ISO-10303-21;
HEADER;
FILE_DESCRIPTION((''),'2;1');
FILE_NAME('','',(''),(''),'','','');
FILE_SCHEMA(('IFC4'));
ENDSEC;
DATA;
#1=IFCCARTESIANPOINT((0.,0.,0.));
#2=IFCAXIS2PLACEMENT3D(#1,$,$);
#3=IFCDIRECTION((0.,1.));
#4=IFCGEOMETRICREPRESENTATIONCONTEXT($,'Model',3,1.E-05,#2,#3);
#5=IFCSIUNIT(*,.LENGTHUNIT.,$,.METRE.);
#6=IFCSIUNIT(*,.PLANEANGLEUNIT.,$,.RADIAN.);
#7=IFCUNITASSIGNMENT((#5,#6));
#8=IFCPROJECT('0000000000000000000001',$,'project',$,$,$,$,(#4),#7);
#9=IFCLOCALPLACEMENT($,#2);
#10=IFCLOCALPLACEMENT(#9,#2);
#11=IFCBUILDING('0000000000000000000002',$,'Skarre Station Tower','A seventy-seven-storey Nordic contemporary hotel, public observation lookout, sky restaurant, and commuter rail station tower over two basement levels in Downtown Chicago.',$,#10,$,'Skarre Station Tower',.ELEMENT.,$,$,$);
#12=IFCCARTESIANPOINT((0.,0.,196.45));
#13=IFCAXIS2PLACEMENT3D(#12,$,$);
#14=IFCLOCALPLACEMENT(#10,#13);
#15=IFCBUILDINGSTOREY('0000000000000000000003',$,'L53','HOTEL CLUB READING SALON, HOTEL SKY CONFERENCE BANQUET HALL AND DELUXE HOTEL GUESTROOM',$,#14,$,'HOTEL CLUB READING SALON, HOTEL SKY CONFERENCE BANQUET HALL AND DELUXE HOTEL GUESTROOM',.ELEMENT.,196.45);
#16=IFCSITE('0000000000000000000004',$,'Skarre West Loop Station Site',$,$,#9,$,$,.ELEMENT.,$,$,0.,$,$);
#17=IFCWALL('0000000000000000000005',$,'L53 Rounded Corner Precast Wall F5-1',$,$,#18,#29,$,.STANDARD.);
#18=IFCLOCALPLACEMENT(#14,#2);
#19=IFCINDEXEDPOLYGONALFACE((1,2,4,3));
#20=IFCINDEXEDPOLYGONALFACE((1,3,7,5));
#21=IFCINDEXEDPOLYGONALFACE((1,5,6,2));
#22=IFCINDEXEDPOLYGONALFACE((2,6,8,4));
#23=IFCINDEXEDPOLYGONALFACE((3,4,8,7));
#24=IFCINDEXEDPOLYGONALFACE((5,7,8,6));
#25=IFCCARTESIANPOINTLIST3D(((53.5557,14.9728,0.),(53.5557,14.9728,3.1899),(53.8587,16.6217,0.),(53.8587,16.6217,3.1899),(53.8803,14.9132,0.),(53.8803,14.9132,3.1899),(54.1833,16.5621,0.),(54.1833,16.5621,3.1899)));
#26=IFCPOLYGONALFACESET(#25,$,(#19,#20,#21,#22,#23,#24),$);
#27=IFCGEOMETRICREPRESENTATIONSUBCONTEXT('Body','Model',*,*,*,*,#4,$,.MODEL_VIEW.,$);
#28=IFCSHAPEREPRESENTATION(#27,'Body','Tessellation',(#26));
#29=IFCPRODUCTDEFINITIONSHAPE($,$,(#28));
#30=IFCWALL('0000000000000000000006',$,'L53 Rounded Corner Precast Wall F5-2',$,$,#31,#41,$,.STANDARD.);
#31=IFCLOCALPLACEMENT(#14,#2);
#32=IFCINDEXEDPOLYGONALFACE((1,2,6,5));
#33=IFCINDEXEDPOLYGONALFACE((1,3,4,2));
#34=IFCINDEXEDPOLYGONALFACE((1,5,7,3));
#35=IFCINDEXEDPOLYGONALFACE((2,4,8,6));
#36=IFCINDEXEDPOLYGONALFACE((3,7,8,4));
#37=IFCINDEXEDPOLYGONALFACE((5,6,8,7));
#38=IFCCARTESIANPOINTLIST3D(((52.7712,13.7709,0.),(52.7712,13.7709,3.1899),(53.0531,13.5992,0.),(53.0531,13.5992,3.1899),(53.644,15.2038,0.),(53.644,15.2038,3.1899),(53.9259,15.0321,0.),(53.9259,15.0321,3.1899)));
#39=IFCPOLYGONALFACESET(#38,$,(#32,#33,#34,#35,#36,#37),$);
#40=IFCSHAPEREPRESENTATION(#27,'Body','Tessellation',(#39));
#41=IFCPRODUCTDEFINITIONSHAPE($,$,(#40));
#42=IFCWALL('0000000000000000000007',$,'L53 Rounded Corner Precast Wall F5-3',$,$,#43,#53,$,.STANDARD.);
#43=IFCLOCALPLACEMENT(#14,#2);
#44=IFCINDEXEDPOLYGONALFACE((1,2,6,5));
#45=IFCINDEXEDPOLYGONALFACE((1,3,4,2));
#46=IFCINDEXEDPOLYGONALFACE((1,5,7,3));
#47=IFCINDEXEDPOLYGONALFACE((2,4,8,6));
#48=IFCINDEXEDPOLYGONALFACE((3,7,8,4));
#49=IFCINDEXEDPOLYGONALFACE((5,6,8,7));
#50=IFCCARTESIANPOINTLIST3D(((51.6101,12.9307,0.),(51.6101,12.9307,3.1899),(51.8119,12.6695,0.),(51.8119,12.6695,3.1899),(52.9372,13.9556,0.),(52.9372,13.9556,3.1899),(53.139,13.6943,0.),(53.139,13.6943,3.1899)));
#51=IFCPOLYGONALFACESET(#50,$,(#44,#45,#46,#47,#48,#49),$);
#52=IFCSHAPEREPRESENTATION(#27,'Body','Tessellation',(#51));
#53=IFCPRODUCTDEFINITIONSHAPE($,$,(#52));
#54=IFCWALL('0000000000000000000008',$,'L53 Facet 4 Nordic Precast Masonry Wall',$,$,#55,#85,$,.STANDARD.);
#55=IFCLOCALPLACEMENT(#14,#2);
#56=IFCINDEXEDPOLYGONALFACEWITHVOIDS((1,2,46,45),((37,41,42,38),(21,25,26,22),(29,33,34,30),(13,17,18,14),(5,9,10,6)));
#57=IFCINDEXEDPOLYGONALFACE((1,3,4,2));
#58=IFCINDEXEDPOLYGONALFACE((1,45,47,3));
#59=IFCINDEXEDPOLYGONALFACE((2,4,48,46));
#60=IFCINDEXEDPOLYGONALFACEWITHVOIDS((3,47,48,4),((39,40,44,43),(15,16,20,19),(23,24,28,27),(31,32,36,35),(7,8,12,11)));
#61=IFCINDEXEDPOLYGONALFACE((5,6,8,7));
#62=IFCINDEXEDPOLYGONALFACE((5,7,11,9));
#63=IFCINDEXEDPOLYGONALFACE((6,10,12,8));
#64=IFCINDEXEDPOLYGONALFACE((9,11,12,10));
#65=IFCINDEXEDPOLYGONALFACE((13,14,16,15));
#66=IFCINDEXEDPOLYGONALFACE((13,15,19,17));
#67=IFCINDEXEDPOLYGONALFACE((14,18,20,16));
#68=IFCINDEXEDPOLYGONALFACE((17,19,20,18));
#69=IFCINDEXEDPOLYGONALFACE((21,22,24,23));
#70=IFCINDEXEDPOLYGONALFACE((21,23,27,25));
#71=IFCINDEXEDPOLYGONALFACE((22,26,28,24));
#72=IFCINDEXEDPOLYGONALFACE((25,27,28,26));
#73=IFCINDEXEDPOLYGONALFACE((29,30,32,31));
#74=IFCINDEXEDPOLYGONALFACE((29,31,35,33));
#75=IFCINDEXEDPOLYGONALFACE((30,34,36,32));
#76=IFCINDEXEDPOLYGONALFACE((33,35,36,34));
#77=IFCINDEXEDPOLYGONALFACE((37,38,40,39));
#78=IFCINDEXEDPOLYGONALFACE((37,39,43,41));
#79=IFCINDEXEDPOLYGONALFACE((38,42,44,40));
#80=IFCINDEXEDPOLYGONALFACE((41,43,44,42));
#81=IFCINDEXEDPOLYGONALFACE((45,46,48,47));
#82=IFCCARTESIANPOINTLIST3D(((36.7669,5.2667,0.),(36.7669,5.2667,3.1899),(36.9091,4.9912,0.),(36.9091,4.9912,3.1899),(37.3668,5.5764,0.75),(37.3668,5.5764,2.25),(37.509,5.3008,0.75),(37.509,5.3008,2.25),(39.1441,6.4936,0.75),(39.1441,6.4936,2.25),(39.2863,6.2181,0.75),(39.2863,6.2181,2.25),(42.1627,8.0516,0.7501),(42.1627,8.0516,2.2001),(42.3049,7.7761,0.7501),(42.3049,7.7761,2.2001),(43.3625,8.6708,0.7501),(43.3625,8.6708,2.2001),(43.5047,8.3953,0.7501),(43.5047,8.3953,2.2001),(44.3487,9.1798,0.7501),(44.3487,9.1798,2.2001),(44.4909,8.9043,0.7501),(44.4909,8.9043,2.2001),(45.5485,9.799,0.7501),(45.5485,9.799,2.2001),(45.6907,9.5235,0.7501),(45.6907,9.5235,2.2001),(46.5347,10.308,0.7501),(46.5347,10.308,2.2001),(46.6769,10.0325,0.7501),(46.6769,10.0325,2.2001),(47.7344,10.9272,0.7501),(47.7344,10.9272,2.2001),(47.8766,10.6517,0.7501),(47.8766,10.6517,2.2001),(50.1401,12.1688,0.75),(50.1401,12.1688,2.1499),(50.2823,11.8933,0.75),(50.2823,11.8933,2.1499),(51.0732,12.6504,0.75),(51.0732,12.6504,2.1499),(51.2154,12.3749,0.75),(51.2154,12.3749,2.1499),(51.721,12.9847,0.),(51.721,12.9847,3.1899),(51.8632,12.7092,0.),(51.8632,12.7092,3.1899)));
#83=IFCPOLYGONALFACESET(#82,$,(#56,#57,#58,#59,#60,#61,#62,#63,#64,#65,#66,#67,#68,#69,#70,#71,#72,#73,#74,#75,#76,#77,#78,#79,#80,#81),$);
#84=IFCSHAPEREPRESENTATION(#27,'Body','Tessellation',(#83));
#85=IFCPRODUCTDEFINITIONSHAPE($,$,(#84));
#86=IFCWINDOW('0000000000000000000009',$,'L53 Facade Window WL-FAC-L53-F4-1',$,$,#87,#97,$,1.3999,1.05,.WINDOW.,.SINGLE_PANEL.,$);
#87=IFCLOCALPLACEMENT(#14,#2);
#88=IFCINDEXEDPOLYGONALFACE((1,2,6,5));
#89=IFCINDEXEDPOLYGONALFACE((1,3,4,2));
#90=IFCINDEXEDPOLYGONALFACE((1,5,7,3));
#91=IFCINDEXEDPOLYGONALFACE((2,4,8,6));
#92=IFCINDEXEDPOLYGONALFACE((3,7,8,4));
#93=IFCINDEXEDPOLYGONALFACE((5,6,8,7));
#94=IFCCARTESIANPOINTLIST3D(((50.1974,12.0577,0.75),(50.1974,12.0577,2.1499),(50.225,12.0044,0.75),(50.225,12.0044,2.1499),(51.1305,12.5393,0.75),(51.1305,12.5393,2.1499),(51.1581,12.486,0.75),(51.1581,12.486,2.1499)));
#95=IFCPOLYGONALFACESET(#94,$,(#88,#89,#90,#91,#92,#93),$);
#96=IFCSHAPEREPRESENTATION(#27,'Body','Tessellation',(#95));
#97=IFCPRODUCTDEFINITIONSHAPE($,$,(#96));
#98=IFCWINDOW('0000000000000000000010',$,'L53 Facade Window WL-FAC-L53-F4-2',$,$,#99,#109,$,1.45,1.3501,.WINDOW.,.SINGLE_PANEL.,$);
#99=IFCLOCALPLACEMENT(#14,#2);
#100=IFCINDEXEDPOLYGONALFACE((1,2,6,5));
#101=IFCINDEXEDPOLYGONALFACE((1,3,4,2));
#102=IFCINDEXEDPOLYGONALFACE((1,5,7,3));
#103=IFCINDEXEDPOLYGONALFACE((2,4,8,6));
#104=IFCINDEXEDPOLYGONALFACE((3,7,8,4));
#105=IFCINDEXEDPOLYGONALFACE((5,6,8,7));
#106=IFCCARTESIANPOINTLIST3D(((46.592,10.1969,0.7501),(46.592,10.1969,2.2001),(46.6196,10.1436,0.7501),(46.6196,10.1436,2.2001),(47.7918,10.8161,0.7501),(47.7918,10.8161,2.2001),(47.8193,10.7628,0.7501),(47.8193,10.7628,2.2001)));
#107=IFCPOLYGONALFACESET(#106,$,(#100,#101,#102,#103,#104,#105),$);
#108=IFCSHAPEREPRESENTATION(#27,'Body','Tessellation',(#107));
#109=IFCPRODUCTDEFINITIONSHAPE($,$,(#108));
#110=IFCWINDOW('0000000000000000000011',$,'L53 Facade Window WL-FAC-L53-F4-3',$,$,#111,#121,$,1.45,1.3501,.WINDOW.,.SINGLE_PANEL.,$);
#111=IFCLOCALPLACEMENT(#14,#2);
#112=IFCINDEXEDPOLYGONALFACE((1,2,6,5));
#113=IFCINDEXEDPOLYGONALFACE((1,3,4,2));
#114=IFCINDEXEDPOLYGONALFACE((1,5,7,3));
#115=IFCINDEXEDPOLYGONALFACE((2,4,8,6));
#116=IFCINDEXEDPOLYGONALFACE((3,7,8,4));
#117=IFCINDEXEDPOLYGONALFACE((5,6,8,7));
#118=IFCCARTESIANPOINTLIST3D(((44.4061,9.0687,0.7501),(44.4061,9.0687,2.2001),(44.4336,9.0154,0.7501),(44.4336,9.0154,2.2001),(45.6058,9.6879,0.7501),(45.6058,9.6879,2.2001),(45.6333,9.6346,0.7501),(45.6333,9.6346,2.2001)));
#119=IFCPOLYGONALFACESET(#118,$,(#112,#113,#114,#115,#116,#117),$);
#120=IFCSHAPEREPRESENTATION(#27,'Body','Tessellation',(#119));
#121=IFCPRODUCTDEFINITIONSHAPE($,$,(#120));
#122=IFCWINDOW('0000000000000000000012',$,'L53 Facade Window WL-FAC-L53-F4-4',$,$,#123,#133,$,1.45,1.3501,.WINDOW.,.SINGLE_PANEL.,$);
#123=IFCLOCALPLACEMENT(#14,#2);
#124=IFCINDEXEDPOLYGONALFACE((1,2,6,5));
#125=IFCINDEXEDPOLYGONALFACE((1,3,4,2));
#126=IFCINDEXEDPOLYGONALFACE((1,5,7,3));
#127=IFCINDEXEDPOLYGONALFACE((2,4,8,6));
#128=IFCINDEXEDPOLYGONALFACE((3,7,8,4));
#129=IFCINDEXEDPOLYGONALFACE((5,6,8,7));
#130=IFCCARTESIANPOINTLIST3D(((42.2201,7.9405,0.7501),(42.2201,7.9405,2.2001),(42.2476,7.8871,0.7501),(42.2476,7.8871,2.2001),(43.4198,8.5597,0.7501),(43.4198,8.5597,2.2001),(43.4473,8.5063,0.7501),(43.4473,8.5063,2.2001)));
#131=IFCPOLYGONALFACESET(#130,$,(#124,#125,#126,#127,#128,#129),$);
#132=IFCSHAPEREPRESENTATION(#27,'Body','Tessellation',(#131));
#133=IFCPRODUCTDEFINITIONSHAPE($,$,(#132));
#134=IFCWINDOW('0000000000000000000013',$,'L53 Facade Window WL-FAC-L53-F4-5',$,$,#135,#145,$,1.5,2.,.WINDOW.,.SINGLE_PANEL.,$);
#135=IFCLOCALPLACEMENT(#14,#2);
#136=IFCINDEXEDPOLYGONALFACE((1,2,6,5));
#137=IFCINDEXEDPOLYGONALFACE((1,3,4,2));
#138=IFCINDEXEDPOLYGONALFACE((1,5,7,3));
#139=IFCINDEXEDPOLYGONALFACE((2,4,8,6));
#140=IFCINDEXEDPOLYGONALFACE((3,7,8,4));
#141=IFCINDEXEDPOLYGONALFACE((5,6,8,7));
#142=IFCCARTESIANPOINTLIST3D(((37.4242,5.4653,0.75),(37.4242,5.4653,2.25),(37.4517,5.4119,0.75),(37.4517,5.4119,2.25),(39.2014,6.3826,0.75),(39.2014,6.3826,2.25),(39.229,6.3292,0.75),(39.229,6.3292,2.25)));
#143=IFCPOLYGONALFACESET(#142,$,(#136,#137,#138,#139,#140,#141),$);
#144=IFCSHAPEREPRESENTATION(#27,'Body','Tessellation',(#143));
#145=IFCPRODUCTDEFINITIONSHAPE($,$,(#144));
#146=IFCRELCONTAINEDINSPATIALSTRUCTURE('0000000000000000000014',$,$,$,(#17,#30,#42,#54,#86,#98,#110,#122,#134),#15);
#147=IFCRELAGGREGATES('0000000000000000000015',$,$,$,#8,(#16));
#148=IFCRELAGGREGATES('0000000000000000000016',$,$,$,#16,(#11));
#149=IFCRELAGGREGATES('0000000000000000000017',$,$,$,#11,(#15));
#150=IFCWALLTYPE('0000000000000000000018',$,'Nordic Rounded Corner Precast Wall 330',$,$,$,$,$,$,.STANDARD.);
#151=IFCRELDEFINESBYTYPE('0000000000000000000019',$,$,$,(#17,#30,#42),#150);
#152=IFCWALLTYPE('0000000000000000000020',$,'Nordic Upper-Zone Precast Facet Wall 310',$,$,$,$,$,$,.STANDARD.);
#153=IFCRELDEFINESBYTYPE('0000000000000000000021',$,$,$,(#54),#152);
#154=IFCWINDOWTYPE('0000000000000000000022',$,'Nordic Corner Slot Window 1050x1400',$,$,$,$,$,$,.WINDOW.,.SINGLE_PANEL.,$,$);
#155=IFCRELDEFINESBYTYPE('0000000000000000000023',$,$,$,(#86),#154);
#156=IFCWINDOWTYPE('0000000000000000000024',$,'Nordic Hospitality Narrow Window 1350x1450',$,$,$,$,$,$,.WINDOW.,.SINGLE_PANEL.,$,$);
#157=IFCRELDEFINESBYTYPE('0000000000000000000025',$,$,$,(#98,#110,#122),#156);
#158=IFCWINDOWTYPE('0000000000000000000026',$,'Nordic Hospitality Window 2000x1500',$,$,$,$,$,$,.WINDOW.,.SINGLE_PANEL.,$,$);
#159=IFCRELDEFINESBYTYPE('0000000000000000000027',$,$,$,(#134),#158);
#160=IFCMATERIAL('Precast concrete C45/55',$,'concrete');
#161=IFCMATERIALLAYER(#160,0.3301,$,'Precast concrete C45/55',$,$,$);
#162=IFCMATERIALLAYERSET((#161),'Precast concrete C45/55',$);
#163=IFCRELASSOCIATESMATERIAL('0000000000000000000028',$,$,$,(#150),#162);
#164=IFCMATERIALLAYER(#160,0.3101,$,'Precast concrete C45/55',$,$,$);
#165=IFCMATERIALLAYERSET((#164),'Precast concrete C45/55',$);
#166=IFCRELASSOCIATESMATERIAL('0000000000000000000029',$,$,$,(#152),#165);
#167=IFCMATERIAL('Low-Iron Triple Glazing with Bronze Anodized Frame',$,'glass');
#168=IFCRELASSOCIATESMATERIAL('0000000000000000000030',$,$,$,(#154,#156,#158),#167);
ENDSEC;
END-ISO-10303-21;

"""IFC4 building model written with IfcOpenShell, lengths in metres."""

from ifc_helpers import new_model, si_unit, direction, frame, frame_2d, origin, place, context, subcontext, project, spatial, rectangle, extrude, material, layer, layer_set, type_object, element, fill, save


model = new_model("IFC4")

# Units and contexts
model_context = context("Model", 3, precision=1e-05, world=origin(), true_north=direction((0.0, 1.0)))
body_context = subcontext(model_context, "Body", "Model", "MODEL_VIEW")
ifc_project = project(units=[si_unit("LENGTHUNIT", "METRE"), si_unit("PLANEANGLEUNIT", "RADIAN")], contexts=[model_context])

# Site, building, storey
site_placement = place(None, origin())
site = spatial("IfcSite", under=ifc_project, at=site_placement, Name="Skarre West Loop Station Site", CompositionType="ELEMENT", RefElevation=0.0)
building_placement = place(site_placement, origin())
building = spatial("IfcBuilding", under=site, at=building_placement, Name="Skarre Station Tower", Description="A seventy-seven-storey Nordic contemporary hotel, public observation lookout, sky restaurant, and commuter rail station tower over two basement levels in Downtown Chicago.", LongName="Skarre Station Tower", CompositionType="ELEMENT")
storey_placement = place(building_placement, frame((0.0, 0.0, 196.45)))
storey = spatial("IfcBuildingStorey", under=building, at=storey_placement, Name="L53", Description="HOTEL CLUB READING SALON, HOTEL SKY CONFERENCE BANQUET HALL AND DELUXE HOTEL GUESTROOM", LongName="HOTEL CLUB READING SALON, HOTEL SKY CONFERENCE BANQUET HALL AND DELUXE HOTEL GUESTROOM", CompositionType="ELEMENT", Elevation=196.45)

# Walls
ifc_material_1 = material(Name="Precast concrete C45/55", Category="concrete")
ifc_layer_1 = layer(ifc_material_1, 0.3301, Name="Precast concrete C45/55")
ifc_layer_set_1 = layer_set([ifc_layer_1], Name="Precast concrete C45/55")
wall_type_1 = type_object("IfcWallType", Name="Nordic Rounded Corner Precast Wall 330", PredefinedType="STANDARD", material=ifc_layer_set_1)
wall_1_placement = place(storey_placement, frame((54.021, 16.592, 0.0), z_axis=(0.0, 0.0, 1.0), x_axis=(-0.180718, -0.983535, 0.0)))
element("IfcWall", 1, at=wall_1_placement, inside=storey, type_object=wall_type_1, Name="L53 Rounded Corner Precast Wall F5-1", PredefinedType="STANDARD", context=body_context, shape_type="SweptSolid", body=[
    extrude(rectangle(XDim=1.6765, YDim=0.3301, at=frame_2d((0.8384, 0.0))), origin(), (0.0, 0.0, 1.0), 3.1899),
])
wall_2_placement = place(storey_placement, frame((53.7849, 15.1179, 0.0), z_axis=(0.0, 0.0, 1.0), x_axis=(-0.520219, -0.854033, 0.0)))
element("IfcWall", 2, at=wall_2_placement, inside=storey, type_object=wall_type_1, Name="L53 Rounded Corner Precast Wall F5-2", PredefinedType="STANDARD", context=body_context, shape_type="SweptSolid", body=[
    extrude(rectangle(XDim=1.6777, YDim=0.3301, at=frame_2d((0.8389, 0.0))), origin(), (0.0, 0.0, 1.0), 3.1899),
])
wall_3_placement = place(storey_placement, frame((53.0381, 13.825, 0.0), z_axis=(0.0, 0.0, 1.0), x_axis=(-0.791464, -0.611215, 0.0)))
element("IfcWall", 3, at=wall_3_placement, inside=storey, type_object=wall_type_1, Name="L53 Rounded Corner Precast Wall F5-3", PredefinedType="STANDARD", context=body_context, shape_type="SweptSolid", body=[
    extrude(rectangle(XDim=1.6768, YDim=0.3301, at=frame_2d((0.8384, 0.0))), origin(), (0.0, 0.0, 1.0), 3.1899),
])

# Wall, openings, windows
ifc_layer_2 = layer(ifc_material_1, 0.3101, Name="Precast concrete C45/55")
ifc_layer_set_2 = layer_set([ifc_layer_2], Name="Precast concrete C45/55")
wall_type_2 = type_object("IfcWallType", Name="Nordic Upper-Zone Precast Facet Wall 310", PredefinedType="STANDARD", material=ifc_layer_set_2)
wall_4_placement = place(storey_placement, frame((51.792, 12.8469, 0.0), z_axis=(0.0, 0.0, 1.0), x_axis=(-0.888626, -0.458632, 0.0)))
wall_4 = element("IfcWall", 4, at=wall_4_placement, inside=storey, type_object=wall_type_2, Name="L53 Facet 4 Nordic Precast Masonry Wall", PredefinedType="STANDARD", context=body_context, shape_type="SweptSolid", body=[
    extrude(rectangle(XDim=16.8284, YDim=0.3101, at=frame_2d((8.4141, 0.0))), origin(), (0.0, 0.0, 1.0), 3.1899),
])
opening_1_placement = place(wall_4_placement, frame((0.729, 0.0, 0.75)))
opening_1 = element("IfcOpeningElement", 5, at=opening_1_placement, cuts=wall_4, PredefinedType="OPENING", context=body_context, shape_type="SweptSolid", body=[
    extrude(rectangle(XDim=1.05, YDim=1.3999, at=frame_2d((0.5249, 0.7))), frame((0.0, 0.165, 0.0), z_axis=(0.0, -1.0, 0.0), x_axis=(1.0, 0.0, 0.0)), (0.0, 0.0, 1.0), 0.3301),
])
opening_2_placement = place(wall_4_placement, frame((4.4861, 0.0, 0.75)))
opening_2 = element("IfcOpeningElement", 6, at=opening_2_placement, cuts=wall_4, PredefinedType="OPENING", context=body_context, shape_type="SweptSolid", body=[
    extrude(rectangle(XDim=1.3501, YDim=1.45, at=frame_2d((0.675, 0.7251))), frame((0.0, 0.165, 0.0), z_axis=(0.0, -1.0, 0.0), x_axis=(1.0, 0.0, 0.0)), (0.0, 0.0, 1.0), 0.3301),
])
opening_3_placement = place(wall_4_placement, frame((6.946, 0.0, 0.75)))
opening_3 = element("IfcOpeningElement", 7, at=opening_3_placement, cuts=wall_4, PredefinedType="OPENING", context=body_context, shape_type="SweptSolid", body=[
    extrude(rectangle(XDim=1.3501, YDim=1.45, at=frame_2d((0.675, 0.7251))), frame((0.0, 0.165, 0.0), z_axis=(0.0, -1.0, 0.0), x_axis=(1.0, 0.0, 0.0)), (0.0, 0.0, 1.0), 0.3301),
])
opening_4_placement = place(wall_4_placement, frame((9.406, 0.0, 0.75)))
opening_4 = element("IfcOpeningElement", 8, at=opening_4_placement, cuts=wall_4, PredefinedType="OPENING", context=body_context, shape_type="SweptSolid", body=[
    extrude(rectangle(XDim=1.3501, YDim=1.45, at=frame_2d((0.675, 0.7251))), frame((0.0, 0.165, 0.0), z_axis=(0.0, -1.0, 0.0), x_axis=(1.0, 0.0, 0.0)), (0.0, 0.0, 1.0), 0.3301),
])
opening_5_placement = place(wall_4_placement, frame((14.1531, 0.0, 0.75)))
opening_5 = element("IfcOpeningElement", 9, at=opening_5_placement, cuts=wall_4, PredefinedType="OPENING", context=body_context, shape_type="SweptSolid", body=[
    extrude(rectangle(XDim=2.0, YDim=1.5, at=frame_2d((1.0, 0.75))), frame((0.0, 0.165, 0.0), z_axis=(0.0, -1.0, 0.0), x_axis=(1.0, 0.0, 0.0)), (0.0, 0.0, 1.0), 0.3301),
])
ifc_material_2 = material(Name="Low-Iron Triple Glazing with Bronze Anodized Frame", Category="glass")
window_type_1 = type_object("IfcWindowType", Name="Nordic Corner Slot Window 1050x1400", PartitioningType="SINGLE_PANEL", PredefinedType="WINDOW", material=ifc_material_2)
window_1_placement = place(opening_1_placement, origin())
window_1 = element("IfcWindow", 10, at=window_1_placement, inside=storey, type_object=window_type_1, Name="L53 Facade Window WL-FAC-L53-F4-1", OverallHeight=1.3999, OverallWidth=1.05, PartitioningType="SINGLE_PANEL", PredefinedType="WINDOW", context=body_context, shape_type="SweptSolid", body=[
    extrude(rectangle(XDim=1.05, YDim=1.3999, at=frame_2d((0.5249, 0.7))), frame((0.0, 0.03, 0.0), z_axis=(0.0, -1.0, 0.0), x_axis=(1.0, 0.0, 0.0)), (0.0, 0.0, 1.0), 0.0601),
])
fill(opening_1, window_1)
window_type_2 = type_object("IfcWindowType", Name="Nordic Hospitality Narrow Window 1350x1450", PartitioningType="SINGLE_PANEL", PredefinedType="WINDOW", material=ifc_material_2)
window_2_placement = place(opening_2_placement, origin())
window_2 = element("IfcWindow", 11, at=window_2_placement, inside=storey, type_object=window_type_2, Name="L53 Facade Window WL-FAC-L53-F4-2", OverallHeight=1.45, OverallWidth=1.3501, PartitioningType="SINGLE_PANEL", PredefinedType="WINDOW", context=body_context, shape_type="SweptSolid", body=[
    extrude(rectangle(XDim=1.3501, YDim=1.45, at=frame_2d((0.675, 0.7251))), frame((0.0, 0.03, 0.0), z_axis=(0.0, -1.0, 0.0), x_axis=(1.0, 0.0, 0.0)), (0.0, 0.0, 1.0), 0.0601),
])
fill(opening_2, window_2)
window_3_placement = place(opening_3_placement, origin())
window_3 = element("IfcWindow", 12, at=window_3_placement, inside=storey, type_object=window_type_2, Name="L53 Facade Window WL-FAC-L53-F4-3", OverallHeight=1.45, OverallWidth=1.3501, PartitioningType="SINGLE_PANEL", PredefinedType="WINDOW", context=body_context, shape_type="SweptSolid", body=[
    extrude(rectangle(XDim=1.3501, YDim=1.45, at=frame_2d((0.675, 0.7251))), frame((0.0, 0.03, 0.0), z_axis=(0.0, -1.0, 0.0), x_axis=(1.0, 0.0, 0.0)), (0.0, 0.0, 1.0), 0.0601),
])
fill(opening_3, window_3)
window_4_placement = place(opening_4_placement, origin())
window_4 = element("IfcWindow", 13, at=window_4_placement, inside=storey, type_object=window_type_2, Name="L53 Facade Window WL-FAC-L53-F4-4", OverallHeight=1.45, OverallWidth=1.3501, PartitioningType="SINGLE_PANEL", PredefinedType="WINDOW", context=body_context, shape_type="SweptSolid", body=[
    extrude(rectangle(XDim=1.3501, YDim=1.45, at=frame_2d((0.675, 0.7251))), frame((0.0, 0.03, 0.0), z_axis=(0.0, -1.0, 0.0), x_axis=(1.0, 0.0, 0.0)), (0.0, 0.0, 1.0), 0.0601),
])
fill(opening_4, window_4)
window_type_3 = type_object("IfcWindowType", Name="Nordic Hospitality Window 2000x1500", PartitioningType="SINGLE_PANEL", PredefinedType="WINDOW", material=ifc_material_2)
window_5_placement = place(opening_5_placement, origin())
window_5 = element("IfcWindow", 14, at=window_5_placement, inside=storey, type_object=window_type_3, Name="L53 Facade Window WL-FAC-L53-F4-5", OverallHeight=1.5, OverallWidth=2.0, PartitioningType="SINGLE_PANEL", PredefinedType="WINDOW", context=body_context, shape_type="SweptSolid", body=[
    extrude(rectangle(XDim=2.0, YDim=1.5, at=frame_2d((1.0, 0.75))), frame((0.0, 0.03, 0.0), z_axis=(0.0, -1.0, 0.0), x_axis=(1.0, 0.0, 0.0)), (0.0, 0.0, 1.0), 0.0601),
])
fill(opening_5, window_5)

save(model, "model.ifc")
